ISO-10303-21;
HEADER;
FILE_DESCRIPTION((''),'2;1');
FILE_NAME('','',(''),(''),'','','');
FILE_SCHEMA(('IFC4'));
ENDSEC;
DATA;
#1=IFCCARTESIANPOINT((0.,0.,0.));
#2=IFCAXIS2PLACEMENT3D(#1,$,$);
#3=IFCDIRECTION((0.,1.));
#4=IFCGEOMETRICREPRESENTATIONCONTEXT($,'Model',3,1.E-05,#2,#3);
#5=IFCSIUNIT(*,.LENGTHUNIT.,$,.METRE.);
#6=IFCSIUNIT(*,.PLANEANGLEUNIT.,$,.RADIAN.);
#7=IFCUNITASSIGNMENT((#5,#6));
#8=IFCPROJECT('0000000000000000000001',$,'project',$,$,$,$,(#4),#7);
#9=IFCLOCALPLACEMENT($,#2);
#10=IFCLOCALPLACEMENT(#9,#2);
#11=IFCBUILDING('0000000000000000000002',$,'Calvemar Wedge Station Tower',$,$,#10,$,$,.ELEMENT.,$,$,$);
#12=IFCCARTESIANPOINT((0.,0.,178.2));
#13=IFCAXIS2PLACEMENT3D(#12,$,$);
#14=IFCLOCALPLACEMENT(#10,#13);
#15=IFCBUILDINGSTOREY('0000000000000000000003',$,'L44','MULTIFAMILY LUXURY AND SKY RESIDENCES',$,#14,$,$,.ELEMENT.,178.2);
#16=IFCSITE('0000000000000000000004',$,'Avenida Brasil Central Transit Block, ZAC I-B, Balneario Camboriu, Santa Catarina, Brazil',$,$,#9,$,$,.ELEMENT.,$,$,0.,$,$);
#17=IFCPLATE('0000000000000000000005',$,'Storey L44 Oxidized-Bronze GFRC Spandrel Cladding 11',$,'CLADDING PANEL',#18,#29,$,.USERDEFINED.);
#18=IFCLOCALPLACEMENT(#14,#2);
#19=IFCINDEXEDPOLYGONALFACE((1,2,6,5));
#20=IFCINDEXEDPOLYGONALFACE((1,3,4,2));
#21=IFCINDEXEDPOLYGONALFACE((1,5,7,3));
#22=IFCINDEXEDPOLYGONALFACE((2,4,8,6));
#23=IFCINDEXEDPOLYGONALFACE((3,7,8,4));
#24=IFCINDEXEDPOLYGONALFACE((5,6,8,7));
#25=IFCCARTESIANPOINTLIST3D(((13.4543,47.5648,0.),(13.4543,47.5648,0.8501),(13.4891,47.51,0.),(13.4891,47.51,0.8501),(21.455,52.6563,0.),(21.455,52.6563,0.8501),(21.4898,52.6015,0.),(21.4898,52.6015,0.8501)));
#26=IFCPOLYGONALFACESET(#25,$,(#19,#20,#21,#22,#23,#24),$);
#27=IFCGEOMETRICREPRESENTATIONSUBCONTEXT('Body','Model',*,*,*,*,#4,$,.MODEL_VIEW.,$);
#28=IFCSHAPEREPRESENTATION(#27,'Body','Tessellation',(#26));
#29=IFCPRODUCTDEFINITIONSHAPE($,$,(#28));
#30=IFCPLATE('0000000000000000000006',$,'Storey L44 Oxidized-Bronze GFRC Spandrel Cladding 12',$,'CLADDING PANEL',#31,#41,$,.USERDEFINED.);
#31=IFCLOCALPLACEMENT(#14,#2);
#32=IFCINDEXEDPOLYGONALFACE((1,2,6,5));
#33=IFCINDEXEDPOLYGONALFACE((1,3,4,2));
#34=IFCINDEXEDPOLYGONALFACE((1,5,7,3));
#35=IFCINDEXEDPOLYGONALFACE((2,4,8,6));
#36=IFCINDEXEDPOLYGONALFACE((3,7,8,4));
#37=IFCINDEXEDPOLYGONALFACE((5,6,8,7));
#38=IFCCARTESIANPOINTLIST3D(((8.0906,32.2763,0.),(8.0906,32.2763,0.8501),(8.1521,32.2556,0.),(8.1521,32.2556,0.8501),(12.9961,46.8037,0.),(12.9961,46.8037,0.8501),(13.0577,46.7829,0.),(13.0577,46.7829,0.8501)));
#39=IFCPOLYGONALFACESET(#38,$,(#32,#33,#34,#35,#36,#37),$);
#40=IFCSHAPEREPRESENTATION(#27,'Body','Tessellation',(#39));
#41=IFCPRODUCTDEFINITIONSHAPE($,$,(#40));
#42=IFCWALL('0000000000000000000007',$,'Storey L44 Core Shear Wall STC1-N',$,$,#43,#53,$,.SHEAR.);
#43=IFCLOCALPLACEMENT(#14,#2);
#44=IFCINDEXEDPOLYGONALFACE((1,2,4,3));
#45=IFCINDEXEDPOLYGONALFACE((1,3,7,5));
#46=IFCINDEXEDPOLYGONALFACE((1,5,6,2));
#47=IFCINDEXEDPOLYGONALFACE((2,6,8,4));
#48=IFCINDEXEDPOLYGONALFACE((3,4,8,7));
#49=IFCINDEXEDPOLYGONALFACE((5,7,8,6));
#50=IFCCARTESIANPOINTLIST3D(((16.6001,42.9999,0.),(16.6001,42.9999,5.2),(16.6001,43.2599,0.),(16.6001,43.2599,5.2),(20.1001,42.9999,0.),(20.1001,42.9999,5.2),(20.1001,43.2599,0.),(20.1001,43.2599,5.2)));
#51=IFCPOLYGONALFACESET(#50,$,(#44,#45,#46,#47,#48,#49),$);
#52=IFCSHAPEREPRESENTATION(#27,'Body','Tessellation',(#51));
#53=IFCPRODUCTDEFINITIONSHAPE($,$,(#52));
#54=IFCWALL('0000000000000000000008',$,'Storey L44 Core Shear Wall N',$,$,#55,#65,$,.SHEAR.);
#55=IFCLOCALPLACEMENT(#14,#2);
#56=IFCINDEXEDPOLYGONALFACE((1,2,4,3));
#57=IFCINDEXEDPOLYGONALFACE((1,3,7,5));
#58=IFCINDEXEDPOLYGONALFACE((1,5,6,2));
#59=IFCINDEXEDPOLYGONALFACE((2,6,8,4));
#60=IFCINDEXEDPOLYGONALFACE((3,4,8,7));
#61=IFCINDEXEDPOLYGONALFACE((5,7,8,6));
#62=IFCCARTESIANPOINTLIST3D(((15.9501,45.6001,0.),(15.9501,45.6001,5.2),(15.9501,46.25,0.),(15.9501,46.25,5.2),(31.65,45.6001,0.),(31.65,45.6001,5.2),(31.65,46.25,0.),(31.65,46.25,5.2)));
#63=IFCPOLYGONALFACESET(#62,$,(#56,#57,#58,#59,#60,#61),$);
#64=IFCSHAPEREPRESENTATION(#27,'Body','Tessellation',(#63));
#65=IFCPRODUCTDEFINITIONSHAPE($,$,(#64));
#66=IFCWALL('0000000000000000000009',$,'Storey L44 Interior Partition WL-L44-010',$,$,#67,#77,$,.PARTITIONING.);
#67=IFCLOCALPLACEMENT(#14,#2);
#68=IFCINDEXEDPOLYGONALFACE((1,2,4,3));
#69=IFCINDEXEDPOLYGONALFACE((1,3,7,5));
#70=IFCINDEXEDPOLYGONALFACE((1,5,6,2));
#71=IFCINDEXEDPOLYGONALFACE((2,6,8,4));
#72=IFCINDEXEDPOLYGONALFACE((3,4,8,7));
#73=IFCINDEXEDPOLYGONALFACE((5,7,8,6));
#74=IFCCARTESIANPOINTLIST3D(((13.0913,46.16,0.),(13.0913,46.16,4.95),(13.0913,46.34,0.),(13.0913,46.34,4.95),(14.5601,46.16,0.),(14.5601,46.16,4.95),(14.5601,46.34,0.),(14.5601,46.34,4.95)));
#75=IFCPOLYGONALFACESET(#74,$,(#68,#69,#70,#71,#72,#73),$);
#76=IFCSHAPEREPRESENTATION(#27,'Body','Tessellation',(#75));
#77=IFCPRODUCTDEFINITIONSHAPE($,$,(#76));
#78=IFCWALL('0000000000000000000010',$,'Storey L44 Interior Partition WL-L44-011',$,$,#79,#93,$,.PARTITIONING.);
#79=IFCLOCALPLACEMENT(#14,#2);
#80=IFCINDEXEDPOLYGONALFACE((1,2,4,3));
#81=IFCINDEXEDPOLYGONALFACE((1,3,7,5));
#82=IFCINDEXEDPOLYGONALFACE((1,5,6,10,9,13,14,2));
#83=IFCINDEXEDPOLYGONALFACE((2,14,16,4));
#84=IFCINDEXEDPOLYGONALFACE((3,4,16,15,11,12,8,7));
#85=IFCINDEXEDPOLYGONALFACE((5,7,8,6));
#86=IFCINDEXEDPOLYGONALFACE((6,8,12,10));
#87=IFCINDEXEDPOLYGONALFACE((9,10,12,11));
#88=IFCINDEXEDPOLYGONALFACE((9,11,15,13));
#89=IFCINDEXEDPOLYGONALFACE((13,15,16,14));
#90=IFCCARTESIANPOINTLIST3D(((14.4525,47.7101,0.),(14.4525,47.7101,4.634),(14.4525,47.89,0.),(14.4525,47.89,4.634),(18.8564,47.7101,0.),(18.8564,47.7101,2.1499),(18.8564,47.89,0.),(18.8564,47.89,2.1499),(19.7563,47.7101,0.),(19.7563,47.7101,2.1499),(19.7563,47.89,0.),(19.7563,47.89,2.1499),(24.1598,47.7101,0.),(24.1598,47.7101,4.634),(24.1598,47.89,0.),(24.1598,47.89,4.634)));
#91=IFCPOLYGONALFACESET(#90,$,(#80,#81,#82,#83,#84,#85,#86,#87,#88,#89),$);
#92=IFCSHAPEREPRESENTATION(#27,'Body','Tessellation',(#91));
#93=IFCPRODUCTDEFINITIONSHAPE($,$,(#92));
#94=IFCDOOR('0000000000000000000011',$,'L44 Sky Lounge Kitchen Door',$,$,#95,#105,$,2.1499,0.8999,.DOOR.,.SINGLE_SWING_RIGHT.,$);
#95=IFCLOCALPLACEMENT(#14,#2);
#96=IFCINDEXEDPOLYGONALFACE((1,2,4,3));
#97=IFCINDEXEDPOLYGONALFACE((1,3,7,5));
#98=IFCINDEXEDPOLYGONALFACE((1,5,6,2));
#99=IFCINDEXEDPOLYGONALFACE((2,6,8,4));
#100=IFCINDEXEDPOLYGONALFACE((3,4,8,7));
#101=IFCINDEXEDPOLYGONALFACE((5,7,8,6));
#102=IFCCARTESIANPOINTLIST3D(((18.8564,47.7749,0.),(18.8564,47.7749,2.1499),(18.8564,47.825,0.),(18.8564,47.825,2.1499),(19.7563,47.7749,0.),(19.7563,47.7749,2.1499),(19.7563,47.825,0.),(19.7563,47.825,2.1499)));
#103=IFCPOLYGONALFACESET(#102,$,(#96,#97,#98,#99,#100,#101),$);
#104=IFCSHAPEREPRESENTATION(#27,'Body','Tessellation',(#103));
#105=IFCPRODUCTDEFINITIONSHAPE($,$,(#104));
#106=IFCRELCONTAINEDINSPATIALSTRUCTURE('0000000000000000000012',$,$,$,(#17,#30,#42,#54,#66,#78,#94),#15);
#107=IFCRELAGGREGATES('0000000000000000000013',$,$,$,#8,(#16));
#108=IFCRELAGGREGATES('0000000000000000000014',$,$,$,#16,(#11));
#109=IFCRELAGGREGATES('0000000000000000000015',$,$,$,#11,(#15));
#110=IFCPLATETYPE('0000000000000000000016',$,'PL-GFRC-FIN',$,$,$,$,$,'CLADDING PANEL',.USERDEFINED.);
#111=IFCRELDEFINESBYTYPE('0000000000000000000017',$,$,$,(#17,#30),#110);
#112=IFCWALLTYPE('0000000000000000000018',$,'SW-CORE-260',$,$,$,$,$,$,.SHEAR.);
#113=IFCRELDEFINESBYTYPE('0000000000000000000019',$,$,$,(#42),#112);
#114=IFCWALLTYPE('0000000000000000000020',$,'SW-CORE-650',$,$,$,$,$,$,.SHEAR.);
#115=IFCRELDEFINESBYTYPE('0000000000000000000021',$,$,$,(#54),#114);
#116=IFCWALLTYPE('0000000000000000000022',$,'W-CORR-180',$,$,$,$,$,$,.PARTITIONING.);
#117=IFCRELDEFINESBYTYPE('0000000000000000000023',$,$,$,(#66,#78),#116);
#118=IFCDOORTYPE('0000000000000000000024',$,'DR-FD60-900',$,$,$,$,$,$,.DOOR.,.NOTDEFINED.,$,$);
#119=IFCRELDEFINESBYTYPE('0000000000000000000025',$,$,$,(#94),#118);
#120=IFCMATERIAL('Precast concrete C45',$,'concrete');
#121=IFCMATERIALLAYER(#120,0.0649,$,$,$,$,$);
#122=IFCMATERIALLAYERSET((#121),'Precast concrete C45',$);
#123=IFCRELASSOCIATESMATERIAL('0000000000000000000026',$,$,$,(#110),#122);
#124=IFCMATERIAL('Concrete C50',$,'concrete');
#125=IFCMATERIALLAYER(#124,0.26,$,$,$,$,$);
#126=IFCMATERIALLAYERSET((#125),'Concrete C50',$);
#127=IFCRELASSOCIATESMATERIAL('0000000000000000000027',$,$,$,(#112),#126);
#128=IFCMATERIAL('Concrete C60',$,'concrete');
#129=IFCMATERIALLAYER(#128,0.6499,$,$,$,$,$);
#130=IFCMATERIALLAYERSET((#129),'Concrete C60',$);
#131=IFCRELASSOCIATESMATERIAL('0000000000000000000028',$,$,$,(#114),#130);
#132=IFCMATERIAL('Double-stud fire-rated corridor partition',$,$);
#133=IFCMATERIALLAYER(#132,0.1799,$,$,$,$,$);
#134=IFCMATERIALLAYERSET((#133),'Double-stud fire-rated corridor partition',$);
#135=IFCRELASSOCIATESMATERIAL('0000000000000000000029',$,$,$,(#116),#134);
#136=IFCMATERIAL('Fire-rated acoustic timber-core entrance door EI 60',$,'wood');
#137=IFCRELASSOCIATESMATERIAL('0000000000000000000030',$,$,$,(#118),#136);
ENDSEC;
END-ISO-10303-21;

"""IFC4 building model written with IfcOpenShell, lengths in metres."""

from ifc_helpers import new_model, si_unit, direction, frame, frame_2d, origin, place, context, subcontext, project, spatial, rectangle, extrude, source, transform, mapped, material, layer, layer_set, type_object, element, fill, save


model = new_model("IFC4")

# Units and contexts
model_context = context("Model", 3, precision=1e-05, world=origin(), true_north=direction((0.0, 1.0)))
body_context = subcontext(model_context, "Body", "Model", "MODEL_VIEW")
ifc_project = project(units=[si_unit("LENGTHUNIT", "METRE"), si_unit("PLANEANGLEUNIT", "RADIAN")], contexts=[model_context])

# Site, building, storey
site_placement = place(None, origin())
site = spatial("IfcSite", under=ifc_project, at=site_placement, Name="Avenida Brasil Central Transit Block, ZAC I-B, Balneario Camboriu, Santa Catarina, Brazil", CompositionType="ELEMENT", RefElevation=0.0)
building_placement = place(site_placement, origin())
building = spatial("IfcBuilding", under=site, at=building_placement, Name="Calvemar Wedge Station Tower", CompositionType="ELEMENT")
storey_placement = place(building_placement, frame((0.0, 0.0, 178.2)))
storey = spatial("IfcBuildingStorey", under=building, at=storey_placement, Name="L44", Description="MULTIFAMILY LUXURY AND SKY RESIDENCES", CompositionType="ELEMENT", Elevation=178.2)

# Plates
ifc_material_1 = material(Name="Precast concrete C45", Category="concrete")
ifc_layer_1 = layer(ifc_material_1, 0.0649)
ifc_layer_set_1 = layer_set([ifc_layer_1], Name="Precast concrete C45")
plate_type = type_object("IfcPlateType", Name="PL-GFRC-FIN", ElementType="CLADDING PANEL", PredefinedType="USERDEFINED", material=ifc_layer_set_1)
plate_1_placement = place(storey_placement, frame((21.4724, 52.6289, 0.0), z_axis=(0.0, 0.0, 1.0), x_axis=(-0.843653, -0.536889, 0.0)))
element("IfcPlate", 1, at=plate_1_placement, inside=storey, type_object=plate_type, Name="Storey L44 Oxidized-Bronze GFRC Spandrel Cladding 11", ObjectType="CLADDING PANEL", PredefinedType="USERDEFINED", context=body_context, shape_type="SweptSolid", body=[
    extrude(rectangle(XDim=9.4834, YDim=0.0649, at=frame_2d((4.7417, 0.0))), origin(), (0.0, 0.0, 1.0), 0.8501),
])
plate_2_placement = place(storey_placement, frame((13.0269, 46.7932, 0.0), z_axis=(0.0, 0.0, 1.0), x_axis=(-0.319927, -0.947442, 0.0)))
element("IfcPlate", 2, at=plate_2_placement, inside=storey, type_object=plate_type, Name="Storey L44 Oxidized-Bronze GFRC Spandrel Cladding 12", ObjectType="CLADDING PANEL", PredefinedType="USERDEFINED", context=body_context, shape_type="SweptSolid", body=[
    extrude(rectangle(XDim=15.3333, YDim=0.0649, at=frame_2d((7.6665, 0.0))), origin(), (0.0, 0.0, 1.0), 0.8501),
])

# Walls
ifc_material_2 = material(Name="Concrete C50", Category="concrete")
ifc_layer_2 = layer(ifc_material_2, 0.26)
ifc_layer_set_2 = layer_set([ifc_layer_2], Name="Concrete C50")
wall_type_1 = type_object("IfcWallType", Name="SW-CORE-260", PredefinedType="SHEAR", material=ifc_layer_set_2)
wall_1_placement = place(storey_placement, frame((16.6001, 43.1299, 0.0), z_axis=(0.0, 0.0, 1.0), x_axis=(1.0, 0.0, 0.0)))
element("IfcWall", 3, at=wall_1_placement, inside=storey, type_object=wall_type_1, Name="Storey L44 Core Shear Wall STC1-N", PredefinedType="SHEAR", context=body_context, shape_type="SweptSolid", body=[
    extrude(rectangle(XDim=3.5, YDim=0.26, at=frame_2d((1.75, 0.0))), origin(), (0.0, 0.0, 1.0), 5.2),
])
ifc_material_3 = material(Name="Concrete C60", Category="concrete")
ifc_layer_3 = layer(ifc_material_3, 0.6499)
ifc_layer_set_3 = layer_set([ifc_layer_3], Name="Concrete C60")
wall_type_2 = type_object("IfcWallType", Name="SW-CORE-650", PredefinedType="SHEAR", material=ifc_layer_set_3)
wall_2_placement = place(storey_placement, frame((15.95, 45.925, 0.0), z_axis=(0.0, 0.0, 1.0), x_axis=(1.0, 0.0, 0.0)))
element("IfcWall", 4, at=wall_2_placement, inside=storey, type_object=wall_type_2, Name="Storey L44 Core Shear Wall N", PredefinedType="SHEAR", context=body_context, shape_type="SweptSolid", body=[
    extrude(rectangle(XDim=15.7, YDim=0.6499, at=frame_2d((7.8501, 0.0))), origin(), (0.0, 0.0, 1.0), 5.2),
])
ifc_material_4 = material(Name="Double-stud fire-rated corridor partition")
ifc_layer_4 = layer(ifc_material_4, 0.1799)
ifc_layer_set_4 = layer_set([ifc_layer_4], Name="Double-stud fire-rated corridor partition")
wall_type_3 = type_object("IfcWallType", Name="W-CORR-180", PredefinedType="PARTITIONING", material=ifc_layer_set_4)
wall_3_placement = place(storey_placement, frame((14.5601, 46.25, 0.0), z_axis=(0.0, 0.0, 1.0), x_axis=(-1.0, 0.0, 0.0)))
element("IfcWall", 5, at=wall_3_placement, inside=storey, type_object=wall_type_3, Name="Storey L44 Interior Partition WL-L44-010", PredefinedType="PARTITIONING", context=body_context, shape_type="SweptSolid", body=[
    extrude(rectangle(XDim=1.4688, YDim=0.1799, at=frame_2d((0.7344, 0.0))), origin(), (0.0, 0.0, 1.0), 4.95),
])

# Wall, opening, door
wall_4_placement = place(storey_placement, frame((14.4526, 47.8, 0.0), z_axis=(0.0, 0.0, 1.0), x_axis=(1.0, 0.0, 0.0)))
wall_4 = element("IfcWall", 6, at=wall_4_placement, inside=storey, type_object=wall_type_3, Name="Storey L44 Interior Partition WL-L44-011", PredefinedType="PARTITIONING", context=body_context, shape_type="SweptSolid", body=[
    extrude(rectangle(XDim=9.7073, YDim=0.1799, at=frame_2d((4.8535, 0.0))), origin(), (0.0, 0.0, 1.0), 4.634),
])
shared_shape_1 = source(origin(), body_context, "Body", "SweptSolid", [
    extrude(rectangle(XDim=0.8999, YDim=2.1499, at=frame_2d((0.45, 1.075))), frame((0.0, 0.1001, 0.0), z_axis=(0.0, -1.0, 0.0), x_axis=(1.0, 0.0, 0.0)), (0.0, 0.0, 1.0), 0.2),
])
opening_1_placement = place(wall_4_placement, frame((4.4038, 0.0, 0.0)))
opening_1 = element("IfcOpeningElement", 7, at=opening_1_placement, cuts=wall_4, PredefinedType="OPENING", context=body_context, shape_type="MappedRepresentation", body=[
    mapped(shared_shape_1, transform((0.0, 0.0, 0.0), scale=1.0)),
])
ifc_material_5 = material(Name="Fire-rated acoustic timber-core entrance door EI 60", Category="wood")
door_type_1 = type_object("IfcDoorType", Name="DR-FD60-900", OperationType="NOTDEFINED", PredefinedType="DOOR", material=ifc_material_5)
shared_shape_2 = source(origin(), body_context, "Body", "SweptSolid", [
    extrude(rectangle(XDim=0.8999, YDim=2.1499, at=frame_2d((0.45, 1.075))), frame((0.0, 0.0249, 0.0), z_axis=(0.0, -1.0, 0.0), x_axis=(1.0, 0.0, 0.0)), (0.0, 0.0, 1.0), 0.05),
])
door_1_placement = place(opening_1_placement, origin())
door_1 = element("IfcDoor", 8, at=door_1_placement, inside=storey, type_object=door_type_1, Name="L44 Sky Lounge Kitchen Door", OperationType="SINGLE_SWING_RIGHT", OverallHeight=2.1499, OverallWidth=0.8999, PredefinedType="DOOR", context=body_context, shape_type="MappedRepresentation", body=[
    mapped(shared_shape_2, transform((0.0, 0.0, 0.0), scale=1.0)),
])
fill(opening_1, door_1)

save(model, "model.ifc")
